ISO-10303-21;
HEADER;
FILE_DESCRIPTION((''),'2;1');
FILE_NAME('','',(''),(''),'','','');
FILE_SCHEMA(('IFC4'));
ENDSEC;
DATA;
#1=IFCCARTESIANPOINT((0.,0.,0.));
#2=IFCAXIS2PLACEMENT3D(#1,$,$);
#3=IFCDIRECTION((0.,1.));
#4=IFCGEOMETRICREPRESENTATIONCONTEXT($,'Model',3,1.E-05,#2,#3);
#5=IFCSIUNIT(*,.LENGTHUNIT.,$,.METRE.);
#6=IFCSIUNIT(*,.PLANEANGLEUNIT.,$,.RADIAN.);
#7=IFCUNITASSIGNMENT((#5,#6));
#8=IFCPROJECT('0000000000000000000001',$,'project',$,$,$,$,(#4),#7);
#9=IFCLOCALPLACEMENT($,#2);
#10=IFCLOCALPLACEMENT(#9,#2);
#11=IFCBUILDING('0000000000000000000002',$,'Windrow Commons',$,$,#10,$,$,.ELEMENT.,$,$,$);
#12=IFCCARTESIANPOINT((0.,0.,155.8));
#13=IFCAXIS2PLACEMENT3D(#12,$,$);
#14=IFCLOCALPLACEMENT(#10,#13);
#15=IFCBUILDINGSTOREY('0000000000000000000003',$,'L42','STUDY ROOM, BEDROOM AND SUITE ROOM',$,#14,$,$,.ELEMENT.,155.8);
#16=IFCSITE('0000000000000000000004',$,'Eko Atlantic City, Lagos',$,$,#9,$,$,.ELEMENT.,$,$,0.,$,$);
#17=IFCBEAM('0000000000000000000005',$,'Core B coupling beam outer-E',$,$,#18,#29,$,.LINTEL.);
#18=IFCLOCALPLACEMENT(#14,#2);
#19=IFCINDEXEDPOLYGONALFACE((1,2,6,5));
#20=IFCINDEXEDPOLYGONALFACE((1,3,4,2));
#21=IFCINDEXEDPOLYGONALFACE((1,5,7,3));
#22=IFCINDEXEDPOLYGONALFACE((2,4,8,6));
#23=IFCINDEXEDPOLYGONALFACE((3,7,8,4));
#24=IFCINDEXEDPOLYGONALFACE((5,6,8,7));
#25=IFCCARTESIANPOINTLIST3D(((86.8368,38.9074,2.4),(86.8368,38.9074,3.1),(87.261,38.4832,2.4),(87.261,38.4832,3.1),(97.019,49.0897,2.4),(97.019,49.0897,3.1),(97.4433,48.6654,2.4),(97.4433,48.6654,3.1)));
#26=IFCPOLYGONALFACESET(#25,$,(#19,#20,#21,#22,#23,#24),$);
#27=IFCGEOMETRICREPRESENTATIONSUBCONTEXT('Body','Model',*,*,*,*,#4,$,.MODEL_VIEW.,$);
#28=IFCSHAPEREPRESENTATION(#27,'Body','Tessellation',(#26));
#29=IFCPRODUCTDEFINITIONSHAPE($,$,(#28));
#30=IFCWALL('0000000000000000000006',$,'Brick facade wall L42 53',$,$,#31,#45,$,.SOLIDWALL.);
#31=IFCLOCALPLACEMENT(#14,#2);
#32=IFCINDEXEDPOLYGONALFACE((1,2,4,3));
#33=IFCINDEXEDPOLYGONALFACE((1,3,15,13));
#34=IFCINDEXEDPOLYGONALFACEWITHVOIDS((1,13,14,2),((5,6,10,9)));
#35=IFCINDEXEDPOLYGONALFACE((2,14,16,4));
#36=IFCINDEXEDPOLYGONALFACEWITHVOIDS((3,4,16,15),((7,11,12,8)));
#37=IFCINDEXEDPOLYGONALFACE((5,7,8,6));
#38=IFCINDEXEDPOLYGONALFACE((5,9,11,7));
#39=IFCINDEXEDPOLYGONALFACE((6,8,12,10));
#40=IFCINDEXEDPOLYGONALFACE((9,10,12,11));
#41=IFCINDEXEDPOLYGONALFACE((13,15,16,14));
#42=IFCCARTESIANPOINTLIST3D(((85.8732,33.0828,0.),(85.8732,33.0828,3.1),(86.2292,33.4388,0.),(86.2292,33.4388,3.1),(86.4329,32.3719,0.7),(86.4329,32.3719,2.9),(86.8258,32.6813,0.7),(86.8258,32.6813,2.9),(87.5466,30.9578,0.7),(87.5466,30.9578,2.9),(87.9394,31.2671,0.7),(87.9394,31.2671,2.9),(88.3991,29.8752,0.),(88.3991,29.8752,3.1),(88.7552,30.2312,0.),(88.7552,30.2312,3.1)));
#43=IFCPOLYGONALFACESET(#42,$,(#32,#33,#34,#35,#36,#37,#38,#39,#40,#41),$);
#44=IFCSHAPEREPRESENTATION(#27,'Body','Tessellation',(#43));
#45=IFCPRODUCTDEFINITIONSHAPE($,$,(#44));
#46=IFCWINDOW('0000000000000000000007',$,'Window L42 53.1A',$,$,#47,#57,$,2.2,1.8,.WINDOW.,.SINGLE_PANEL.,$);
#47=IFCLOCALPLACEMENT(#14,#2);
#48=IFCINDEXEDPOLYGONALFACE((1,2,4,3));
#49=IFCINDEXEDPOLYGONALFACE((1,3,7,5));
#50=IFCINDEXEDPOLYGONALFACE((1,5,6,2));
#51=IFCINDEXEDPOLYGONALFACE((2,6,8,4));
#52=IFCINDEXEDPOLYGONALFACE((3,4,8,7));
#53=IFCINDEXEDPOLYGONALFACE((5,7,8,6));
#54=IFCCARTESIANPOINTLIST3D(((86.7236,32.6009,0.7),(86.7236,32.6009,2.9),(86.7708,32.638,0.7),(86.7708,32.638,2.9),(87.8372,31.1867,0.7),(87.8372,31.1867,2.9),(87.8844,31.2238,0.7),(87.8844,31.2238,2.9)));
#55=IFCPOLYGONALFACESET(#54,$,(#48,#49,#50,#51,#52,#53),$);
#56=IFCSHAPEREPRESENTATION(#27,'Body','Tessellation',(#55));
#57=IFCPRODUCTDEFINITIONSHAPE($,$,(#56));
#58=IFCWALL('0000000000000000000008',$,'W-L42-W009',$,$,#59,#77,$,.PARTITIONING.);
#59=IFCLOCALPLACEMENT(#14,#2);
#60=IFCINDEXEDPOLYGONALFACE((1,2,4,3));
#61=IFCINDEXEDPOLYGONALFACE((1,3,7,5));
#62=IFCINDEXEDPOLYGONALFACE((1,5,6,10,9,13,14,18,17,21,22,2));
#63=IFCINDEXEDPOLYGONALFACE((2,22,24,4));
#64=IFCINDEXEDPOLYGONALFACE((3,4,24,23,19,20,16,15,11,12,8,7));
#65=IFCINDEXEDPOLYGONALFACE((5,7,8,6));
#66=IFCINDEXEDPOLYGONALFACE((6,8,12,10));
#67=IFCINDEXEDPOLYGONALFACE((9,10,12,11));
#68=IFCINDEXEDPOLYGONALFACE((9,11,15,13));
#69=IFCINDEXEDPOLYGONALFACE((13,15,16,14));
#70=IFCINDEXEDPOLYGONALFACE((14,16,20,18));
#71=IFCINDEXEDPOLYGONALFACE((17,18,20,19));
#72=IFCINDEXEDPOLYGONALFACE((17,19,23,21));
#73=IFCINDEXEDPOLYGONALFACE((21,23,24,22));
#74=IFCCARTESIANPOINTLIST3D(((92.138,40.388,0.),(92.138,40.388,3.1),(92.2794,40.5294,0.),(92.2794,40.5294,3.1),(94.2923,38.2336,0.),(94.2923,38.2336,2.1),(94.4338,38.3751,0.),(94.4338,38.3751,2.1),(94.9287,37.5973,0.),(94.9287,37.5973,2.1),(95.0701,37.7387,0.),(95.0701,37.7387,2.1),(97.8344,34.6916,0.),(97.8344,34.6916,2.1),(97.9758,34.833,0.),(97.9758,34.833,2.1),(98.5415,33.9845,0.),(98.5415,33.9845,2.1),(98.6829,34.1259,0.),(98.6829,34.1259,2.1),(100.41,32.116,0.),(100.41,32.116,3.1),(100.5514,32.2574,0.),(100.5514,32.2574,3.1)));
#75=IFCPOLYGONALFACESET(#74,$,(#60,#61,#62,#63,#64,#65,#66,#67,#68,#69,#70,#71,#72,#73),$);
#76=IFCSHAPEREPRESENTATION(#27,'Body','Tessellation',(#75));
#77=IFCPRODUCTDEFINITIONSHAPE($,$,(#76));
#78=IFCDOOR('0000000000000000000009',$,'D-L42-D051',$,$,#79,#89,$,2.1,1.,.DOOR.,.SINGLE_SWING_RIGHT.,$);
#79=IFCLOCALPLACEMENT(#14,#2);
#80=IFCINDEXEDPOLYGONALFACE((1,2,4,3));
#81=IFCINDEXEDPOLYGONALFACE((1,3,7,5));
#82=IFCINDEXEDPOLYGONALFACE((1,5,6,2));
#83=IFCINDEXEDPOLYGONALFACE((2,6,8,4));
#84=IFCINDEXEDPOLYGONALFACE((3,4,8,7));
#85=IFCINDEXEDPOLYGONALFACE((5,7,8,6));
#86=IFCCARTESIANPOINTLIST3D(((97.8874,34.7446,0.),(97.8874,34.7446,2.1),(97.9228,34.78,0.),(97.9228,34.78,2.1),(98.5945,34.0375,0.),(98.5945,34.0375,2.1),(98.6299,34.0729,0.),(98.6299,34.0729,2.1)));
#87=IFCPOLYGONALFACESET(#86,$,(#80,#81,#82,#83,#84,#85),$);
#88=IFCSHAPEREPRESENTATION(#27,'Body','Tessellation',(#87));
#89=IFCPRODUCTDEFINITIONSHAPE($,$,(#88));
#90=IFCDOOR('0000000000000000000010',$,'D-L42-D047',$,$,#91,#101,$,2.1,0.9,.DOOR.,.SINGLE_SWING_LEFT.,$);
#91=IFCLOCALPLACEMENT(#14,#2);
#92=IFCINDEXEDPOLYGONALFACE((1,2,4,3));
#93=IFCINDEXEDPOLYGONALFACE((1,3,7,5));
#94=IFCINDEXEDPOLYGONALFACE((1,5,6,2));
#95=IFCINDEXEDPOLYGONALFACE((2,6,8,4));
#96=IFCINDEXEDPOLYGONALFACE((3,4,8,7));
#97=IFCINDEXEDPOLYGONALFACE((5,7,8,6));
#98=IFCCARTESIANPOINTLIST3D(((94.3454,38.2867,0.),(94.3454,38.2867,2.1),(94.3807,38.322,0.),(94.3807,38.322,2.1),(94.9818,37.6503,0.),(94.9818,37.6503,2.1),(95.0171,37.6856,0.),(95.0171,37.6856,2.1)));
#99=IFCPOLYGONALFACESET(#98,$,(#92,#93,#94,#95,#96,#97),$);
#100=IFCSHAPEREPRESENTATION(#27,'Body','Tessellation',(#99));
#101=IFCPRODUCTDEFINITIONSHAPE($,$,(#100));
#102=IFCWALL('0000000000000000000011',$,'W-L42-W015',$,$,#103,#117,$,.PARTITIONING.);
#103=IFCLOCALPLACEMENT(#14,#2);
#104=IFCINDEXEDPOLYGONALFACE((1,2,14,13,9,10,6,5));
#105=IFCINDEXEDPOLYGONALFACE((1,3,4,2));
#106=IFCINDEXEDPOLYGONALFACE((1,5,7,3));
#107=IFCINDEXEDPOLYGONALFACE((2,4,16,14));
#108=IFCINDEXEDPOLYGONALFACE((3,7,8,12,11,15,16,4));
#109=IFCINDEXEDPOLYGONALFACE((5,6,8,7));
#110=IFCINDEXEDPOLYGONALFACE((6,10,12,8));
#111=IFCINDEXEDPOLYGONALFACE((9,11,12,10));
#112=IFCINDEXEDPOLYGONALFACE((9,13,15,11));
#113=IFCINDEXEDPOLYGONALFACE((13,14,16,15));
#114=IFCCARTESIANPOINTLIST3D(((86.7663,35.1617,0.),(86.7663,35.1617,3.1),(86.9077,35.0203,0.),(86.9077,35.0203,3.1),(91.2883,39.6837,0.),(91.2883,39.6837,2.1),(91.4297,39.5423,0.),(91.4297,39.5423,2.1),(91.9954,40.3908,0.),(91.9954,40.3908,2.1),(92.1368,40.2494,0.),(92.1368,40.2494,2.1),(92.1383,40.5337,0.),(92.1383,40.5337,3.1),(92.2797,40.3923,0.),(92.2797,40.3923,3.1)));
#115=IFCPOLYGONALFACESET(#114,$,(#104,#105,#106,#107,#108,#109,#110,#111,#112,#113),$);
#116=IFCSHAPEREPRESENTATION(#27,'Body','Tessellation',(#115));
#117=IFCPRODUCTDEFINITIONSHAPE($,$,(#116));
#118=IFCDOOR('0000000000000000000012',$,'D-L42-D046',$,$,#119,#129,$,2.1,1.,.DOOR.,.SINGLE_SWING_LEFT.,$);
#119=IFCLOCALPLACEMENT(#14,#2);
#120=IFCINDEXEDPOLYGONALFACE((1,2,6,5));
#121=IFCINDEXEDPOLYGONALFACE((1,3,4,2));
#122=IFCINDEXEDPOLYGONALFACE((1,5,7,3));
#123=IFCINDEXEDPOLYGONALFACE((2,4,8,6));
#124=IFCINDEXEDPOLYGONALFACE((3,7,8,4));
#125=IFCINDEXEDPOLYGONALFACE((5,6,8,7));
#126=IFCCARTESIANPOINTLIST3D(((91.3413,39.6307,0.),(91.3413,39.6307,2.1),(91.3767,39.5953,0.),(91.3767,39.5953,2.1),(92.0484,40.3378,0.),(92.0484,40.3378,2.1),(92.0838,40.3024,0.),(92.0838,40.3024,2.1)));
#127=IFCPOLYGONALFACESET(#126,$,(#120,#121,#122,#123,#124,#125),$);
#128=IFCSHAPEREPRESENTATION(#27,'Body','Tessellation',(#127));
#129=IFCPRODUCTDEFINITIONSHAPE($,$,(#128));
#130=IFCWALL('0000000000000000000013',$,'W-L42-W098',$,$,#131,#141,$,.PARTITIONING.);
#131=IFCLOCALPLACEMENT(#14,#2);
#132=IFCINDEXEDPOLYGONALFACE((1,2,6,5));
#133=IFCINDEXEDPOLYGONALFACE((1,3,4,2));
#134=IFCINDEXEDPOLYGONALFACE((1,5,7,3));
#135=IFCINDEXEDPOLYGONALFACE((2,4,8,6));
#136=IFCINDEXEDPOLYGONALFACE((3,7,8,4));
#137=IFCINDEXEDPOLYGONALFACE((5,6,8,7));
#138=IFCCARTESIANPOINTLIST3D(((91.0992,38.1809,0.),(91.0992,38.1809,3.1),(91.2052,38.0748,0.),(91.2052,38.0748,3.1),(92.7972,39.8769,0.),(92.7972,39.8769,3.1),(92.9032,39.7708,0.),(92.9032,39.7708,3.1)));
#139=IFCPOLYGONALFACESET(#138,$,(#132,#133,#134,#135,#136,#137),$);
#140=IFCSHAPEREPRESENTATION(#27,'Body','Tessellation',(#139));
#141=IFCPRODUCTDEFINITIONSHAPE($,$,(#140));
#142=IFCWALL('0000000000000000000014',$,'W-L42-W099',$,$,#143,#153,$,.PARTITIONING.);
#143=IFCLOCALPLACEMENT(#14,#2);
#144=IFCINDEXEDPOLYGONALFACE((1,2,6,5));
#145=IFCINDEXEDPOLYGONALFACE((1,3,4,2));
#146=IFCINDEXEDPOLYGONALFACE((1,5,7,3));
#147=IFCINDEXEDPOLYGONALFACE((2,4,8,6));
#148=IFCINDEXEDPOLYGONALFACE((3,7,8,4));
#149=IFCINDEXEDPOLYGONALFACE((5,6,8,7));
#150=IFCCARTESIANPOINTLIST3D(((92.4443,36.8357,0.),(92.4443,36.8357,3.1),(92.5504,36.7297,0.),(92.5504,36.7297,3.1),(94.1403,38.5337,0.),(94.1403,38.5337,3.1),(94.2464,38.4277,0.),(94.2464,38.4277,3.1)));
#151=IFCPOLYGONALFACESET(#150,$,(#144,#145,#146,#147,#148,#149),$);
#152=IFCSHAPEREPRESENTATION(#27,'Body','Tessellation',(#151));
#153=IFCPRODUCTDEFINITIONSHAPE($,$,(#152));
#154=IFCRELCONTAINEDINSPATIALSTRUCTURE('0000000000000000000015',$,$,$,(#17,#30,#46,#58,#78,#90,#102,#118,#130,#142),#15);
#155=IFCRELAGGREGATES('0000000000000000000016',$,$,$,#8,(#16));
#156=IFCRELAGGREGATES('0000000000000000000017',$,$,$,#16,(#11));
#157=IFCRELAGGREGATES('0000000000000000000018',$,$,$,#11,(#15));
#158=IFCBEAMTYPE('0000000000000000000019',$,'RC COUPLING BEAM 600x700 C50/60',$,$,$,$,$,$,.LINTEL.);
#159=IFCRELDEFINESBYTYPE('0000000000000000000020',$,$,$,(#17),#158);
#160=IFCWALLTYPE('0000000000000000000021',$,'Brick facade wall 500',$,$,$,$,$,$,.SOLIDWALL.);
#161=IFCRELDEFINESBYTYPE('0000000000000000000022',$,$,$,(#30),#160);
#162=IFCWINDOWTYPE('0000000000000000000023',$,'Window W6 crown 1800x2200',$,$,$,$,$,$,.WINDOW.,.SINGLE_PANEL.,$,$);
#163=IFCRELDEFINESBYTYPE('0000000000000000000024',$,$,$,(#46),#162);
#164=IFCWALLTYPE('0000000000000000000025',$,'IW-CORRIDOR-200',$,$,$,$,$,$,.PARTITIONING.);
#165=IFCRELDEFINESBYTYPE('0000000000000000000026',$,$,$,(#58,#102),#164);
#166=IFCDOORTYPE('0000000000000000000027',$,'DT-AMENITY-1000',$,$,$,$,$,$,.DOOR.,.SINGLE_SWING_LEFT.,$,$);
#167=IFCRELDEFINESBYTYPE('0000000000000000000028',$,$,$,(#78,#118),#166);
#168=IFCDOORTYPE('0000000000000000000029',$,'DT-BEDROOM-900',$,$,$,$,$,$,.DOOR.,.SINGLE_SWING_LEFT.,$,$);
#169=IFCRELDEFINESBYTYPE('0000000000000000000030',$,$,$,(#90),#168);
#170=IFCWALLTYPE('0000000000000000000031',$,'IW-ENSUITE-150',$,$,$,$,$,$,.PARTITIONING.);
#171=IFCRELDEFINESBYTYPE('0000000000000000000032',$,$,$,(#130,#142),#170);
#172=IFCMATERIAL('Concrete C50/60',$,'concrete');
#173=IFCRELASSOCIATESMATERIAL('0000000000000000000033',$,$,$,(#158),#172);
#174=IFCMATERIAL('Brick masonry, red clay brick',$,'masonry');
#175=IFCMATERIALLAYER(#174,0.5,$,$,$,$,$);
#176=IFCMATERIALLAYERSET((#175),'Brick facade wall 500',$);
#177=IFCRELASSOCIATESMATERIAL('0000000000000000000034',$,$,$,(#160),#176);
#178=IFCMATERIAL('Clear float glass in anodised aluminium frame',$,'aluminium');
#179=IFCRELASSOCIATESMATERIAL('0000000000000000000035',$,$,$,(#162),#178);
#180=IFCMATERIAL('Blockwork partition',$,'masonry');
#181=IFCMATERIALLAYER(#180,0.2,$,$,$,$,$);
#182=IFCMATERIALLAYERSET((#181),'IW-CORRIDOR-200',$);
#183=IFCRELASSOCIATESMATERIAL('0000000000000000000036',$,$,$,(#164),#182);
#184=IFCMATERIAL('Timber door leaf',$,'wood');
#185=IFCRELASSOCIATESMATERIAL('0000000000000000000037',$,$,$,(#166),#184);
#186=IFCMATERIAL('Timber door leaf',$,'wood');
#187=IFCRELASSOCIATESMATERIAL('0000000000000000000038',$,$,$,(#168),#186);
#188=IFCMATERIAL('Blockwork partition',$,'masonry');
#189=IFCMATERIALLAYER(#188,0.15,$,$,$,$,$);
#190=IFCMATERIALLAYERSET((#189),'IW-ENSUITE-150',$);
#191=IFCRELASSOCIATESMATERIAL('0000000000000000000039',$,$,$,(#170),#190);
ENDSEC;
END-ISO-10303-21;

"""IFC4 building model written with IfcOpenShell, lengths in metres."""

from ifc_helpers import new_model, si_unit, direction, frame, frame_2d, origin, origin_2d, place, context, subcontext, project, spatial, polyline, rectangle, outline, extrude, material, layer, layer_set, material_profile, profile_set, type_object, element, fill, save


model = new_model("IFC4")

# Units and contexts
model_context = context("Model", 3, precision=1e-05, world=origin(), true_north=direction((0.0, 1.0)))
body_context = subcontext(model_context, "Body", "Model", "MODEL_VIEW")
ifc_project = project(units=[si_unit("LENGTHUNIT", "METRE"), si_unit("PLANEANGLEUNIT", "RADIAN")], contexts=[model_context])

# Site, building, storey
site_placement = place(None, origin())
site = spatial("IfcSite", under=ifc_project, at=site_placement, Name="Eko Atlantic City, Lagos", CompositionType="ELEMENT", RefElevation=0.0)
building_placement = place(site_placement, origin())
building = spatial("IfcBuilding", under=site, at=building_placement, Name="Windrow Commons", CompositionType="ELEMENT")
storey_placement = place(building_placement, frame((0.0, 0.0, 155.8)))
storey = spatial("IfcBuildingStorey", under=building, at=storey_placement, Name="L42", Description="STUDY ROOM, BEDROOM AND SUITE ROOM", CompositionType="ELEMENT", Elevation=155.8)

# Beam
ifc_material_1 = material(Name="Concrete C50/60", Category="concrete")
ifc_material_profile = material_profile(ifc_material_1, rectangle(XDim=0.6, YDim=0.7, at=origin_2d()))
ifc_profile_set = profile_set([ifc_material_profile], Name="Concrete C50/60")
beam_type = type_object("IfcBeamType", Name="RC COUPLING BEAM 600x700 C50/60", PredefinedType="LINTEL", material=ifc_profile_set)
beam_placement = place(storey_placement, frame((87.0489, 38.6953, 2.75), z_axis=(0.707107, 0.707107, 0.0), x_axis=(-0.707107, 0.707107, 0.0)))
element("IfcBeam", 1, at=beam_placement, inside=storey, type_object=beam_type, Name="Core B coupling beam outer-E", PredefinedType="LINTEL", context=body_context, shape_type="SweptSolid", body=[
    extrude(rectangle(XDim=0.6, YDim=0.7, at=origin_2d()), origin(), (0.0, 0.0, 1.0), 14.3999),
])

# Wall, opening, window
ifc_material_2 = material(Name="Brick masonry, red clay brick", Category="masonry")
ifc_layer_1 = layer(ifc_material_2, 0.5)
ifc_layer_set_1 = layer_set([ifc_layer_1], Name="Brick facade wall 500")
wall_type_1 = type_object("IfcWallType", Name="Brick facade wall 500", PredefinedType="SOLIDWALL", material=ifc_layer_set_1)
wall_1_placement = place(storey_placement, frame((86.0512, 33.2608, 0.0), z_axis=(0.0, 0.0, 1.0), x_axis=(0.618676, -0.785646, 0.0)))
wall_1 = element("IfcWall", 2, at=wall_1_placement, inside=storey, type_object=wall_type_1, Name="Brick facade wall L42 53", PredefinedType="SOLIDWALL", context=body_context, shape_type="SweptSolid", body=[
    extrude(outline(polyline([(0.0297, -0.25), (4.1125, -0.25), (4.0531, 0.25), (-0.0297, 0.25), (0.0297, -0.25)])), origin(), (0.0, 0.0, 1.0), 3.1),
])
opening_1_placement = place(wall_1_placement, frame((0.9345, 0.0, 0.7)))
opening_1 = element("IfcOpeningElement", 3, at=opening_1_placement, cuts=wall_1, PredefinedType="OPENING", context=body_context, shape_type="SweptSolid", body=[
    extrude(rectangle(XDim=1.8, YDim=2.2, at=frame_2d((0.9, 1.1))), frame((0.0, 0.26, 0.0), z_axis=(0.0, -1.0, 0.0), x_axis=(1.0, 0.0, 0.0)), (0.0, 0.0, 1.0), 0.52),
])
ifc_material_3 = material(Name="Clear float glass in anodised aluminium frame", Category="aluminium")
window_type = type_object("IfcWindowType", Name="Window W6 crown 1800x2200", PartitioningType="SINGLE_PANEL", PredefinedType="WINDOW", material=ifc_material_3)
window_placement = place(opening_1_placement, origin())
window = element("IfcWindow", 4, at=window_placement, inside=storey, type_object=window_type, Name="Window L42 53.1A", OverallHeight=2.2, OverallWidth=1.8, PartitioningType="SINGLE_PANEL", PredefinedType="WINDOW", context=body_context, shape_type="SweptSolid", body=[
    extrude(rectangle(XDim=1.8, YDim=2.2, at=frame_2d((0.9, 1.1))), frame((0.0, 0.18, 0.0), z_axis=(0.0, -1.0, 0.0), x_axis=(1.0, 0.0, 0.0)), (0.0, 0.0, 1.0), 0.06),
])
fill(opening_1, window)

# Wall, openings, doors
ifc_material_4 = material(Name="Blockwork partition", Category="masonry")
ifc_layer_2 = layer(ifc_material_4, 0.2)
ifc_layer_set_2 = layer_set([ifc_layer_2], Name="IW-CORRIDOR-200")
wall_type_2 = type_object("IfcWallType", Name="IW-CORRIDOR-200", PredefinedType="PARTITIONING", material=ifc_layer_set_2)
wall_2_placement = place(storey_placement, frame((92.2087, 40.4587, 0.0), z_axis=(0.0, 0.0, 1.0), x_axis=(0.707107, -0.707107, 0.0)))
wall_2 = element("IfcWall", 5, at=wall_2_placement, inside=storey, type_object=wall_type_2, Name="W-L42-W009", PredefinedType="PARTITIONING", context=body_context, shape_type="SweptSolid", body=[
    extrude(rectangle(XDim=11.6984, YDim=0.2, at=frame_2d((5.8492, 0.0))), origin(), (0.0, 0.0, 1.0), 3.1),
])
opening_2_placement = place(wall_2_placement, frame((3.0467, 0.0, 0.0)))
opening_2 = element("IfcOpeningElement", 6, at=opening_2_placement, cuts=wall_2, PredefinedType="OPENING", context=body_context, shape_type="SweptSolid", body=[
    extrude(rectangle(XDim=0.9, YDim=2.1, at=frame_2d((0.45, 1.05))), frame((0.0, 0.11, 0.0), z_axis=(0.0, -1.0, 0.0), x_axis=(1.0, 0.0, 0.0)), (0.0, 0.0, 1.0), 0.22),
])
opening_3_placement = place(wall_2_placement, frame((8.0559, 0.0, 0.0)))
opening_3 = element("IfcOpeningElement", 7, at=opening_3_placement, cuts=wall_2, PredefinedType="OPENING", context=body_context, shape_type="SweptSolid", body=[
    extrude(rectangle(XDim=1.0, YDim=2.1, at=frame_2d((0.5, 1.05))), frame((0.0, 0.11, 0.0), z_axis=(0.0, -1.0, 0.0), x_axis=(1.0, 0.0, 0.0)), (0.0, 0.0, 1.0), 0.22),
])
ifc_material_5 = material(Name="Timber door leaf", Category="wood")
door_type_1 = type_object("IfcDoorType", Name="DT-AMENITY-1000", OperationType="SINGLE_SWING_LEFT", PredefinedType="DOOR", material=ifc_material_5)
door_1_placement = place(opening_3_placement, origin())
door_1 = element("IfcDoor", 8, at=door_1_placement, inside=storey, type_object=door_type_1, Name="D-L42-D051", OperationType="SINGLE_SWING_RIGHT", OverallHeight=2.1, OverallWidth=1.0, PredefinedType="DOOR", context=body_context, shape_type="SweptSolid", body=[
    extrude(rectangle(XDim=1.0, YDim=2.1, at=frame_2d((0.5, 1.05))), frame((0.0, 0.025, 0.0), z_axis=(0.0, -1.0, 0.0), x_axis=(1.0, 0.0, 0.0)), (0.0, 0.0, 1.0), 0.05),
])
fill(opening_3, door_1)
ifc_material_6 = material(Name="Timber door leaf", Category="wood")
door_type_2 = type_object("IfcDoorType", Name="DT-BEDROOM-900", OperationType="SINGLE_SWING_LEFT", PredefinedType="DOOR", material=ifc_material_6)
door_2_placement = place(opening_2_placement, origin())
door_2 = element("IfcDoor", 9, at=door_2_placement, inside=storey, type_object=door_type_2, Name="D-L42-D047", OperationType="SINGLE_SWING_LEFT", OverallHeight=2.1, OverallWidth=0.9, PredefinedType="DOOR", context=body_context, shape_type="SweptSolid", body=[
    extrude(rectangle(XDim=0.9, YDim=2.1, at=frame_2d((0.45, 1.05))), frame((0.0, 0.025, 0.0), z_axis=(0.0, -1.0, 0.0), x_axis=(1.0, 0.0, 0.0)), (0.0, 0.0, 1.0), 0.05),
])
fill(opening_2, door_2)

# Wall, opening, door
wall_3_placement = place(storey_placement, frame((86.837, 35.091, 0.0), z_axis=(0.0, 0.0, 1.0), x_axis=(0.707107, 0.707107, 0.0)))
wall_3 = element("IfcWall", 10, at=wall_3_placement, inside=storey, type_object=wall_type_2, Name="W-L42-W015", PredefinedType="PARTITIONING", context=body_context, shape_type="SweptSolid", body=[
    extrude(rectangle(XDim=7.5972, YDim=0.2, at=frame_2d((3.7986, 0.0))), origin(), (0.0, 0.0, 1.0), 3.1),
])
opening_4_placement = place(wall_3_placement, frame((6.3951, 0.0, 0.0)))
opening_4 = element("IfcOpeningElement", 11, at=opening_4_placement, cuts=wall_3, PredefinedType="OPENING", context=body_context, shape_type="SweptSolid", body=[
    extrude(rectangle(XDim=1.0, YDim=2.1, at=frame_2d((0.5, 1.05))), frame((0.0, 0.11, 0.0), z_axis=(0.0, -1.0, 0.0), x_axis=(1.0, 0.0, 0.0)), (0.0, 0.0, 1.0), 0.22),
])
door_3_placement = place(opening_4_placement, origin())
door_3 = element("IfcDoor", 12, at=door_3_placement, inside=storey, type_object=door_type_1, Name="D-L42-D046", OperationType="SINGLE_SWING_LEFT", OverallHeight=2.1, OverallWidth=1.0, PredefinedType="DOOR", context=body_context, shape_type="SweptSolid", body=[
    extrude(rectangle(XDim=1.0, YDim=2.1, at=frame_2d((0.5, 1.05))), frame((0.0, 0.025, 0.0), z_axis=(0.0, -1.0, 0.0), x_axis=(1.0, 0.0, 0.0)), (0.0, 0.0, 1.0), 0.05),
])
fill(opening_4, door_3)

# Walls
ifc_material_7 = material(Name="Blockwork partition", Category="masonry")
ifc_layer_3 = layer(ifc_material_7, 0.15)
ifc_layer_set_3 = layer_set([ifc_layer_3], Name="IW-ENSUITE-150")
wall_type_3 = type_object("IfcWallType", Name="IW-ENSUITE-150", PredefinedType="PARTITIONING", material=ifc_layer_set_3)
for number, where, z_axis, x_axis, name in (
    (13, (91.1522, 38.1278, 0.0), (0.0, 0.0, 1.0), (0.707523, 0.70669, 0.0), "W-L42-W098"),
    (14, (92.4973, 36.7827, 0.0), (0.0, 0.0, 1.0), (0.70669, 0.707523, 0.0), "W-L42-W099"),
):
    element("IfcWall", number, at=place(storey_placement, frame(where, z_axis=z_axis, x_axis=x_axis)), inside=storey, type_object=wall_type_3, Name=name, PredefinedType="PARTITIONING", context=body_context, shape_type="SweptSolid", body=[
        extrude(rectangle(XDim=2.3999, YDim=0.15, at=frame_2d((1.2, 0.0))), origin(), (0.0, 0.0, 1.0), 3.1),
    ])

save(model, "model.ifc")
